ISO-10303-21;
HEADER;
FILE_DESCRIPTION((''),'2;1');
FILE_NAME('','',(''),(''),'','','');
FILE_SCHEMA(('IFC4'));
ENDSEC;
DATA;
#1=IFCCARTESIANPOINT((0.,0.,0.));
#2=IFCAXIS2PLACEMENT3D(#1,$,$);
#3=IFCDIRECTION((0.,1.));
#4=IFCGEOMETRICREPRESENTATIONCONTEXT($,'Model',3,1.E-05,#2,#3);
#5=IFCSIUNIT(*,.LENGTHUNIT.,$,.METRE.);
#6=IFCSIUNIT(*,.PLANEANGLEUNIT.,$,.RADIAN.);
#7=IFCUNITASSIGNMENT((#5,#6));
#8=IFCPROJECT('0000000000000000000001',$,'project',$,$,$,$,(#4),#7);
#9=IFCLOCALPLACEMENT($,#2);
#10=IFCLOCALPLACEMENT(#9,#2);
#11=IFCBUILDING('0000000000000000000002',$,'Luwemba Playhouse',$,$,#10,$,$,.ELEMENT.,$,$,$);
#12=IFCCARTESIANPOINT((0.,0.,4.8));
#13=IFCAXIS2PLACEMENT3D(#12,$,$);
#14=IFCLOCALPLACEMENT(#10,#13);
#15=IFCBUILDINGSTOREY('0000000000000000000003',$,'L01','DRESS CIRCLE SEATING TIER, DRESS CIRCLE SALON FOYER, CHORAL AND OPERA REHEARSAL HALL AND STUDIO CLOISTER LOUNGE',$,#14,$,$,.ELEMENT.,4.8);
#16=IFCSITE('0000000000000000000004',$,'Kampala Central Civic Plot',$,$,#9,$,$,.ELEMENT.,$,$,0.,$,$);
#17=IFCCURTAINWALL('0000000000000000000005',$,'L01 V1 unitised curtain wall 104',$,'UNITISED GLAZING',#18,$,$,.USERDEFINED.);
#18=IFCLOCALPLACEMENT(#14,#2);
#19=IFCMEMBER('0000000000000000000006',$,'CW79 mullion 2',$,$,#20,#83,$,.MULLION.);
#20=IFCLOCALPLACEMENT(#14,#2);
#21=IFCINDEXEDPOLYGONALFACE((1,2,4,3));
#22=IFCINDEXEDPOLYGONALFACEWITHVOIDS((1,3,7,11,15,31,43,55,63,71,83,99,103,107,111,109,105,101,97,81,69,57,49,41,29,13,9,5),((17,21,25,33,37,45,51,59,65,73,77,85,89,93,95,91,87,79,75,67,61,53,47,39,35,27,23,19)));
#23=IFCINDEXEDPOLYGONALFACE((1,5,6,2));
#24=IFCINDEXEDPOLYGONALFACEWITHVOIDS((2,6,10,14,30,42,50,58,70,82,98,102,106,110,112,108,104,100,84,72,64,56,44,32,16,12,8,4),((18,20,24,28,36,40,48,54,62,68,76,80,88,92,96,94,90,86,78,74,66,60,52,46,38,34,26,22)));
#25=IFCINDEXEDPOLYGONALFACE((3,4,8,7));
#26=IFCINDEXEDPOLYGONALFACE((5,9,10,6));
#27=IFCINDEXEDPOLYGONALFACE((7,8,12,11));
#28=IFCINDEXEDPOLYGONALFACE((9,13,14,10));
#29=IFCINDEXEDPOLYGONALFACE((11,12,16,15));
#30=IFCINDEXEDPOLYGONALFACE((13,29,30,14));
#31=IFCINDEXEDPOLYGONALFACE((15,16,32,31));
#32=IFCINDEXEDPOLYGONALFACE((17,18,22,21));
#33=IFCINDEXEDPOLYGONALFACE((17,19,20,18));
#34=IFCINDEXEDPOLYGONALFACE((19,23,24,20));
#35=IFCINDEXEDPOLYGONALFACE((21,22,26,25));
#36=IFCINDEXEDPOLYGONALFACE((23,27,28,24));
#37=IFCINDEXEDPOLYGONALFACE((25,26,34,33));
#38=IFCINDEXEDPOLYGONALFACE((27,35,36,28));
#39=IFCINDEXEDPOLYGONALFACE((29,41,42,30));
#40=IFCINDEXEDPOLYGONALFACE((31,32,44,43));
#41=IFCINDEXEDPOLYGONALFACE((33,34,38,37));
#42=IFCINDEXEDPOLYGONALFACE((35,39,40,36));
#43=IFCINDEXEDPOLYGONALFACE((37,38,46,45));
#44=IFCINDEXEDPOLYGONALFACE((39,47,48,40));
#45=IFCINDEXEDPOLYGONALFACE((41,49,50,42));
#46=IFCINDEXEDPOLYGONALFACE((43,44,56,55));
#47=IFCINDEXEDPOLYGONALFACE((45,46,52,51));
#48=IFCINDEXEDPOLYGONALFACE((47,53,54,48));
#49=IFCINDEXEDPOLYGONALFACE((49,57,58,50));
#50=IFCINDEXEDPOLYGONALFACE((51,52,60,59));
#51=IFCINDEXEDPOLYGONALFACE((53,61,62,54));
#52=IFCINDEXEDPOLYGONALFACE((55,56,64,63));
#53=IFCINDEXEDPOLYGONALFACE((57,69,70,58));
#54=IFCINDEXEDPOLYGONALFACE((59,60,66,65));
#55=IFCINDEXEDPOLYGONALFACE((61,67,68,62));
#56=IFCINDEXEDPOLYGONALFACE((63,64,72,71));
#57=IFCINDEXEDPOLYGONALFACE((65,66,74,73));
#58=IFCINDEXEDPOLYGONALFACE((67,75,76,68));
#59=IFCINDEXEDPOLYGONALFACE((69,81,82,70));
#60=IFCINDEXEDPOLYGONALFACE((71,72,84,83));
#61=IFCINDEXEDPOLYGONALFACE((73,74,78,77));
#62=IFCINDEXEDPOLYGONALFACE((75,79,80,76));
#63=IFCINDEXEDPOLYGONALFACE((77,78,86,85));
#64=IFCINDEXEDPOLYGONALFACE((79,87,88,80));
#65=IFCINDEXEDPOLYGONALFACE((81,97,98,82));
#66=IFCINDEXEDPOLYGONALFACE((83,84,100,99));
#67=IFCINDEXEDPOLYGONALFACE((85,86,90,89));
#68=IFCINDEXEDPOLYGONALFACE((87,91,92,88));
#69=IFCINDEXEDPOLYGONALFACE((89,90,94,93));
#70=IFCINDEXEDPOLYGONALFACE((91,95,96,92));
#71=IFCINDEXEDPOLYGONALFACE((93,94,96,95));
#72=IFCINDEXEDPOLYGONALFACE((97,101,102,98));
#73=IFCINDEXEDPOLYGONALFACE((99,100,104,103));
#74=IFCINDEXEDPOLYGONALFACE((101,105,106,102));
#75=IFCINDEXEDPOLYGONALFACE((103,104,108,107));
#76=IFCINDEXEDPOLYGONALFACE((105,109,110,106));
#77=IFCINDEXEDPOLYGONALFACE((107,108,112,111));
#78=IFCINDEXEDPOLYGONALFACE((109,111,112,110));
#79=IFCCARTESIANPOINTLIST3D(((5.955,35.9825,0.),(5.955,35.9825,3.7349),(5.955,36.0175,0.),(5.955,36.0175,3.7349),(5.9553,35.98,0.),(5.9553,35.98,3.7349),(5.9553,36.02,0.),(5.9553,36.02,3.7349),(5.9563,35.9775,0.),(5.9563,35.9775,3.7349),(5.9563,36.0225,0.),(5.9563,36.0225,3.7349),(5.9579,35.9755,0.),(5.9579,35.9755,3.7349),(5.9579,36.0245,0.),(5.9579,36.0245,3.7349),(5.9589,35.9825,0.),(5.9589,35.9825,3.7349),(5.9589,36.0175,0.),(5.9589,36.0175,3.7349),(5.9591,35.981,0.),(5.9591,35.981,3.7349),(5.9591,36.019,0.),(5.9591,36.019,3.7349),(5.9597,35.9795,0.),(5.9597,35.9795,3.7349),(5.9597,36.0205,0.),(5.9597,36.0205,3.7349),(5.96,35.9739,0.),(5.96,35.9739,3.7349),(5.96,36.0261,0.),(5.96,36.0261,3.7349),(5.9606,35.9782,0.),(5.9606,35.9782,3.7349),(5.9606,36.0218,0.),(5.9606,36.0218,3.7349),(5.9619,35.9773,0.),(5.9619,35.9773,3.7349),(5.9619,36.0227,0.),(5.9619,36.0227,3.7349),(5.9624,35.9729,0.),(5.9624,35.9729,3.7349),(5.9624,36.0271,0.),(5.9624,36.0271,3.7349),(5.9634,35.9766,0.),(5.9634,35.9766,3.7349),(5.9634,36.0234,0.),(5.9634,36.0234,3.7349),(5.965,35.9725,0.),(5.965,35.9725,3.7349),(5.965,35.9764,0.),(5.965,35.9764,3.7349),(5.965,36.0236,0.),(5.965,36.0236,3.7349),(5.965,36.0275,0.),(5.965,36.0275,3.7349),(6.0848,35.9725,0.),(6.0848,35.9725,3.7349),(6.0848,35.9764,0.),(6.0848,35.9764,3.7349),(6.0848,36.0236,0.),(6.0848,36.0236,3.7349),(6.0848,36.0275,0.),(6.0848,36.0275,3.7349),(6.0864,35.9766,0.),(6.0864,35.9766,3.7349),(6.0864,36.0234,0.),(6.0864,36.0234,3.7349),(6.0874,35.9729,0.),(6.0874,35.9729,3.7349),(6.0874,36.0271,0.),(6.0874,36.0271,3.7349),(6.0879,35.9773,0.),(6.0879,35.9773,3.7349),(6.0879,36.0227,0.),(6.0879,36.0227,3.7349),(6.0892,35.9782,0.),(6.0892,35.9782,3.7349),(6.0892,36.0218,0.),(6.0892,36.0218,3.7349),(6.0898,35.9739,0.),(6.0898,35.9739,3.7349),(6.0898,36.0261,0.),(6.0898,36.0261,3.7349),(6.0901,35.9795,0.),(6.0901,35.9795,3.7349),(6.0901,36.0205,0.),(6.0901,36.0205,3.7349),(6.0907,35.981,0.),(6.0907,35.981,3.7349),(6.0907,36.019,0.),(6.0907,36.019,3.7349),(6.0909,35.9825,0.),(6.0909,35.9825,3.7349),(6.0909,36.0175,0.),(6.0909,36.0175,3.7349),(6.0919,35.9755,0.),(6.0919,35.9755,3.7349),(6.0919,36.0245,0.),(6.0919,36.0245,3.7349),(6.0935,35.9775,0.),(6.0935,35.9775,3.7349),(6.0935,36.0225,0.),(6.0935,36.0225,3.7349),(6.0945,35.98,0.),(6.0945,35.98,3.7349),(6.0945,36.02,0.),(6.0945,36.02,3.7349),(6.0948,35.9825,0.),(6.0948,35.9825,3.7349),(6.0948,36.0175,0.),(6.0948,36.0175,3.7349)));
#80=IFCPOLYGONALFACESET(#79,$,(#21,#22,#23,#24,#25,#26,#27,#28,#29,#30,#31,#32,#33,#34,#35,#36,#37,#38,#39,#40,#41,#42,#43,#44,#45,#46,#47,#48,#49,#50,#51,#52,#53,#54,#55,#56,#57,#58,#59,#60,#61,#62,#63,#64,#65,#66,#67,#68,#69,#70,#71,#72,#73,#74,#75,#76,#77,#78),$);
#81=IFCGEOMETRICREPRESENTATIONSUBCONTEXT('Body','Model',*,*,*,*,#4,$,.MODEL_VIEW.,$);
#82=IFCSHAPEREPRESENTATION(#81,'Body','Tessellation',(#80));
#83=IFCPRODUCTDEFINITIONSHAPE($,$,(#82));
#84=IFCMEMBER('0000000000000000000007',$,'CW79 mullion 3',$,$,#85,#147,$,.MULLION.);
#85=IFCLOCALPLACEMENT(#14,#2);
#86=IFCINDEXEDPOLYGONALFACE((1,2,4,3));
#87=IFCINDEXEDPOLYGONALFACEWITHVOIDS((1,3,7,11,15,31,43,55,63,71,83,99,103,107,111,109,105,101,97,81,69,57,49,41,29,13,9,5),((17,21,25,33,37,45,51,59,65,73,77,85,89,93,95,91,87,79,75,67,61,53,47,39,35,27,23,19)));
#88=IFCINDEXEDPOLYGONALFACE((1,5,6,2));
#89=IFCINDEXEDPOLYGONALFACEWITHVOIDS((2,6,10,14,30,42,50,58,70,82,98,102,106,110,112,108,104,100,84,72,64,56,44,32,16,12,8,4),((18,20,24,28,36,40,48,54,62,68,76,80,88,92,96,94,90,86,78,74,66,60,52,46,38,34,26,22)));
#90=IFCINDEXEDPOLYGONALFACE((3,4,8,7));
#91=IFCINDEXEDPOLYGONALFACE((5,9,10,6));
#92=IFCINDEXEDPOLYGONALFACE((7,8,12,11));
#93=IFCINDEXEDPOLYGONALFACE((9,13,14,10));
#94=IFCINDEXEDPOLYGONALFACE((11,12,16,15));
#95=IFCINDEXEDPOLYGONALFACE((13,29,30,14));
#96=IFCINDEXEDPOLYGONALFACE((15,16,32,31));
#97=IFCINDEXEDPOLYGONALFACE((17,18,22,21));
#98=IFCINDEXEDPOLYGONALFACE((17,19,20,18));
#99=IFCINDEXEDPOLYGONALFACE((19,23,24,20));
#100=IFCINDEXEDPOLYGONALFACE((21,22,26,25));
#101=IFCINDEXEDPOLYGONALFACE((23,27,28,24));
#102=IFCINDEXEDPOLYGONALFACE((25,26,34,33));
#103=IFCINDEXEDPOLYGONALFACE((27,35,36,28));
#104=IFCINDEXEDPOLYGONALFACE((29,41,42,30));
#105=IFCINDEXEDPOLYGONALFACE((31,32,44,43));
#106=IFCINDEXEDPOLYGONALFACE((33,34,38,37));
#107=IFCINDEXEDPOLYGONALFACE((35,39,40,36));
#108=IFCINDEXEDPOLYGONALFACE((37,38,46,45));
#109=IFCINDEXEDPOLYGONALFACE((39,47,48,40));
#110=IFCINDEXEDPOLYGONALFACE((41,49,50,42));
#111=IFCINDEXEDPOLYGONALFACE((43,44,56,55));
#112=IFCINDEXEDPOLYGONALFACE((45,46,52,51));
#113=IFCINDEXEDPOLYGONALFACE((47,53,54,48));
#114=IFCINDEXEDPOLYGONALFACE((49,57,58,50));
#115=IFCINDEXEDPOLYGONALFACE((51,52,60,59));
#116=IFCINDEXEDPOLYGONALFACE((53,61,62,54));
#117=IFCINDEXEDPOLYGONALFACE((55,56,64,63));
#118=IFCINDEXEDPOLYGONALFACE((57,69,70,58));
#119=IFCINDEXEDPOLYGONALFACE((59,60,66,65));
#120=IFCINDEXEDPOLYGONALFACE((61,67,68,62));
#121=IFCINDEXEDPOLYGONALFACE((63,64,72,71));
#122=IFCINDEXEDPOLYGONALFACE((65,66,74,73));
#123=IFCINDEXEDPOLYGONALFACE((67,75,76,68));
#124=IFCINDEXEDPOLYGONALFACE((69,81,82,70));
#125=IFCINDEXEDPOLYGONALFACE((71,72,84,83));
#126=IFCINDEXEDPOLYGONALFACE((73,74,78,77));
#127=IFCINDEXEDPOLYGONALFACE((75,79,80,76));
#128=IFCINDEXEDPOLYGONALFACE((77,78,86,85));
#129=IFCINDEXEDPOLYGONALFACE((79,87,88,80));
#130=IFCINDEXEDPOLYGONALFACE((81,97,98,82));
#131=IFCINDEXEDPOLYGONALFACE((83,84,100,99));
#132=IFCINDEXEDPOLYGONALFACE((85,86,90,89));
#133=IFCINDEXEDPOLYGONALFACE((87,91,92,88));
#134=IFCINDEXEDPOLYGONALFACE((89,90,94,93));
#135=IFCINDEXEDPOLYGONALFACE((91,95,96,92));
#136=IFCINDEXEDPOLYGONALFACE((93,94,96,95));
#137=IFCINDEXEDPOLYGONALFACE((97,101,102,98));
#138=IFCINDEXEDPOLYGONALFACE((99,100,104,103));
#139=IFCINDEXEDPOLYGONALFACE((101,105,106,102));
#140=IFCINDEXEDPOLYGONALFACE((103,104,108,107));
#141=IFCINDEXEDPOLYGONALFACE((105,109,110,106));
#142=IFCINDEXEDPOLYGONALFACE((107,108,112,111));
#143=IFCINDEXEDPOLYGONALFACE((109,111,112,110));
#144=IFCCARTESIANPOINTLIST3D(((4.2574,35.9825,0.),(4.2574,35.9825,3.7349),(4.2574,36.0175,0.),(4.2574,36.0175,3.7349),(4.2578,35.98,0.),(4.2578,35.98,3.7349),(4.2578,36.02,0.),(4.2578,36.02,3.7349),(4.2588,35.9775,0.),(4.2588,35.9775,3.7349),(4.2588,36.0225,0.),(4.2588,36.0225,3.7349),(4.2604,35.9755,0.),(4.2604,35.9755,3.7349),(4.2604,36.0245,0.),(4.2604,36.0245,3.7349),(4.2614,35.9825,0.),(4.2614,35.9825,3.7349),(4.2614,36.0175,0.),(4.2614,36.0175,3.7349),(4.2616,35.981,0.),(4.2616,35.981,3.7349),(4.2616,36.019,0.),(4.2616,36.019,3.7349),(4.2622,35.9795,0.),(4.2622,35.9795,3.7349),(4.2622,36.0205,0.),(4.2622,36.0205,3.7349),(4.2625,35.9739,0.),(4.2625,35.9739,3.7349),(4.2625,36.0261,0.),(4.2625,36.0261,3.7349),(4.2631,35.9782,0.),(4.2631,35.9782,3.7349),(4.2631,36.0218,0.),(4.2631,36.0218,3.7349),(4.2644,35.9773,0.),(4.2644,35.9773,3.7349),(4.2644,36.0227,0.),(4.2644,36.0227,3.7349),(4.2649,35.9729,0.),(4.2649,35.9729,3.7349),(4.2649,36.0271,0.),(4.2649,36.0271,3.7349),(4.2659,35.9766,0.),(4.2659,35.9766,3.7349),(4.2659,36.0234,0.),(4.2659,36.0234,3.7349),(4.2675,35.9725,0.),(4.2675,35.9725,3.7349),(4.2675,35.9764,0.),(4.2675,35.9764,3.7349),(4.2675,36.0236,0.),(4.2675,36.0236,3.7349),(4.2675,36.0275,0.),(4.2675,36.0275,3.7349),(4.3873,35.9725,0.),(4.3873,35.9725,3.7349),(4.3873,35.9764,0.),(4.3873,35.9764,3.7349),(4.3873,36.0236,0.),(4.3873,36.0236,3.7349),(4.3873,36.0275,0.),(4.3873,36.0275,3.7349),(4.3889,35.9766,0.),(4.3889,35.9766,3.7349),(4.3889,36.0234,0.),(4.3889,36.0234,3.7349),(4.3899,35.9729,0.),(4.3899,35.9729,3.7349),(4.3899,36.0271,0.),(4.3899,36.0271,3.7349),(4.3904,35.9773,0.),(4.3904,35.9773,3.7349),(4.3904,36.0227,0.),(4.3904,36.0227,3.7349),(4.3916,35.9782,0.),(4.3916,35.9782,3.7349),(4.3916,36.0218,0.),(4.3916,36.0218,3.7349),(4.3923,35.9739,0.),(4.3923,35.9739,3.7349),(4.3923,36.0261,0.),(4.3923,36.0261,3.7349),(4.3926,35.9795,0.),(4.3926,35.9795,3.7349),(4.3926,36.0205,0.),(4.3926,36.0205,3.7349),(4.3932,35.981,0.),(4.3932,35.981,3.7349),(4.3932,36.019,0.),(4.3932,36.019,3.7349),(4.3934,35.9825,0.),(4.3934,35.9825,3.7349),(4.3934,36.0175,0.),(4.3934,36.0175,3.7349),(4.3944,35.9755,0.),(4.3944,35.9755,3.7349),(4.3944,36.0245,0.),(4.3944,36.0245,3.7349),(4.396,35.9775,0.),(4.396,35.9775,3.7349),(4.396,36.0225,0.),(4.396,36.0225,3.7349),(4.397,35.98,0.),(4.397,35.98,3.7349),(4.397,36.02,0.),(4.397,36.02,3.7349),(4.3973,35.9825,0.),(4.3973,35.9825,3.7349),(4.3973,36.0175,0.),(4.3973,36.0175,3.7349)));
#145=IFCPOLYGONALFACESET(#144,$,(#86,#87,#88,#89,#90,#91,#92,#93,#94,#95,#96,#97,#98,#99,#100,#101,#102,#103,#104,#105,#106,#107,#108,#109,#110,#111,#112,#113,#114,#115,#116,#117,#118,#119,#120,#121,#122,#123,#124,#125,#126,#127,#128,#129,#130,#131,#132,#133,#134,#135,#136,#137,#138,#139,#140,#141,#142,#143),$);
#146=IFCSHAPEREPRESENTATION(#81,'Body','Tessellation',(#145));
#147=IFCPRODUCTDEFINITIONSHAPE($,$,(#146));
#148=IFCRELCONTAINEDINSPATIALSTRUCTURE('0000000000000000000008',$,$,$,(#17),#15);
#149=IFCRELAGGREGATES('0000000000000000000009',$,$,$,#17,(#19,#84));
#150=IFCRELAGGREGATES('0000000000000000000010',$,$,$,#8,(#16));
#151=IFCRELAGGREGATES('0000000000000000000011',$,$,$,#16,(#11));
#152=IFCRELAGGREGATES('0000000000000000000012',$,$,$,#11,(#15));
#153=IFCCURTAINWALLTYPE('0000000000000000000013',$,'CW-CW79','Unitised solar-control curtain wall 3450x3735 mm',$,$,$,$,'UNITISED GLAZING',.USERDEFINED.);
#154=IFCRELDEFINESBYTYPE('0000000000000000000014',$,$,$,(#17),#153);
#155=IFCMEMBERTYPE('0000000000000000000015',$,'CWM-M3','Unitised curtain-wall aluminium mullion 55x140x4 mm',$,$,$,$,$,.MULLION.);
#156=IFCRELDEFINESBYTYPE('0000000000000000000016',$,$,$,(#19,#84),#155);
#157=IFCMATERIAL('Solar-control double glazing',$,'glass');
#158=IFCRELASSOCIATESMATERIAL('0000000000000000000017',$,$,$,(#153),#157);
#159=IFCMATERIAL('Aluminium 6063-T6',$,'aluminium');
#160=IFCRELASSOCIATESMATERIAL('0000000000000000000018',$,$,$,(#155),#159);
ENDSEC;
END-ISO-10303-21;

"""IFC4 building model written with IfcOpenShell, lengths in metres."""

from ifc_helpers import new_model, si_unit, direction, frame, origin, origin_2d, place, context, subcontext, project, spatial, hollow_rectangle, extrude, material, material_profile, profile_set, type_object, element, aggregate, save


model = new_model("IFC4")

# Units and contexts
model_context = context("Model", 3, precision=1e-05, world=origin(), true_north=direction((0.0, 1.0)))
body_context = subcontext(model_context, "Body", "Model", "MODEL_VIEW")
ifc_project = project(units=[si_unit("LENGTHUNIT", "METRE"), si_unit("PLANEANGLEUNIT", "RADIAN")], contexts=[model_context])

# Site, building, storey
site_placement = place(None, origin())
site = spatial("IfcSite", under=ifc_project, at=site_placement, Name="Kampala Central Civic Plot", CompositionType="ELEMENT", RefElevation=0.0)
building_placement = place(site_placement, origin())
building = spatial("IfcBuilding", under=site, at=building_placement, Name="Luwemba Playhouse", CompositionType="ELEMENT")
storey_placement = place(building_placement, frame((0.0, 0.0, 4.8)))
storey = spatial("IfcBuildingStorey", under=building, at=storey_placement, Name="L01", Description="DRESS CIRCLE SEATING TIER, DRESS CIRCLE SALON FOYER, CHORAL AND OPERA REHEARSAL HALL AND STUDIO CLOISTER LOUNGE", CompositionType="ELEMENT", Elevation=4.8)

# Curtain wall, members
ifc_material_1 = material(Name="Solar-control double glazing", Category="glass")
curtain_wall_type = type_object("IfcCurtainWallType", Name="CW-CW79", Description="Unitised solar-control curtain wall 3450x3735 mm", ElementType="UNITISED GLAZING", PredefinedType="USERDEFINED", material=ifc_material_1)
curtain_wall_placement = place(storey_placement, origin())
curtain_wall = element("IfcCurtainWall", 1, at=curtain_wall_placement, inside=storey, type_object=curtain_wall_type, Name="L01 V1 unitised curtain wall 104", ObjectType="UNITISED GLAZING", PredefinedType="USERDEFINED")
ifc_material_2 = material(Name="Aluminium 6063-T6", Category="aluminium")
ifc_material_profile_1 = material_profile(ifc_material_2, hollow_rectangle(XDim=0.0549, YDim=0.1399, WallThickness=0.0039, InnerFilletRadius=0.0061, OuterFilletRadius=0.01, at=origin_2d()))
ifc_profile_set_1 = profile_set([ifc_material_profile_1], Name="Aluminium 6063-T6")
member_type_1 = type_object("IfcMemberType", Name="CWM-M3", Description="Unitised curtain-wall aluminium mullion 55x140x4 mm", PredefinedType="MULLION", material=ifc_profile_set_1)
member_1_placement = place(storey_placement, frame((6.0249, 36.0, 0.0), z_axis=(0.0, 0.0, 1.0), x_axis=(0.0, -1.0, 0.0)))
member_1 = element("IfcMember", 2, at=member_1_placement, type_object=member_type_1, Name="CW79 mullion 2", PredefinedType="MULLION", context=body_context, shape_type="SweptSolid", body=[
    extrude(hollow_rectangle(XDim=0.0549, YDim=0.1399, WallThickness=0.0039, InnerFilletRadius=0.0061, OuterFilletRadius=0.01, at=origin_2d()), origin(), (0.0, 0.0, 1.0), 3.7349),
])
member_2_placement = place(storey_placement, frame((4.3274, 36.0, 0.0), z_axis=(0.0, 0.0, 1.0), x_axis=(0.0, -1.0, 0.0)))
member_2 = element("IfcMember", 3, at=member_2_placement, type_object=member_type_1, Name="CW79 mullion 3", PredefinedType="MULLION", context=body_context, shape_type="SweptSolid", body=[
    extrude(hollow_rectangle(XDim=0.0549, YDim=0.1399, WallThickness=0.0039, InnerFilletRadius=0.0061, OuterFilletRadius=0.01, at=origin_2d()), origin(), (0.0, 0.0, 1.0), 3.7349),
])
aggregate(curtain_wall, [member_1, member_2])

save(model, "model.ifc")
